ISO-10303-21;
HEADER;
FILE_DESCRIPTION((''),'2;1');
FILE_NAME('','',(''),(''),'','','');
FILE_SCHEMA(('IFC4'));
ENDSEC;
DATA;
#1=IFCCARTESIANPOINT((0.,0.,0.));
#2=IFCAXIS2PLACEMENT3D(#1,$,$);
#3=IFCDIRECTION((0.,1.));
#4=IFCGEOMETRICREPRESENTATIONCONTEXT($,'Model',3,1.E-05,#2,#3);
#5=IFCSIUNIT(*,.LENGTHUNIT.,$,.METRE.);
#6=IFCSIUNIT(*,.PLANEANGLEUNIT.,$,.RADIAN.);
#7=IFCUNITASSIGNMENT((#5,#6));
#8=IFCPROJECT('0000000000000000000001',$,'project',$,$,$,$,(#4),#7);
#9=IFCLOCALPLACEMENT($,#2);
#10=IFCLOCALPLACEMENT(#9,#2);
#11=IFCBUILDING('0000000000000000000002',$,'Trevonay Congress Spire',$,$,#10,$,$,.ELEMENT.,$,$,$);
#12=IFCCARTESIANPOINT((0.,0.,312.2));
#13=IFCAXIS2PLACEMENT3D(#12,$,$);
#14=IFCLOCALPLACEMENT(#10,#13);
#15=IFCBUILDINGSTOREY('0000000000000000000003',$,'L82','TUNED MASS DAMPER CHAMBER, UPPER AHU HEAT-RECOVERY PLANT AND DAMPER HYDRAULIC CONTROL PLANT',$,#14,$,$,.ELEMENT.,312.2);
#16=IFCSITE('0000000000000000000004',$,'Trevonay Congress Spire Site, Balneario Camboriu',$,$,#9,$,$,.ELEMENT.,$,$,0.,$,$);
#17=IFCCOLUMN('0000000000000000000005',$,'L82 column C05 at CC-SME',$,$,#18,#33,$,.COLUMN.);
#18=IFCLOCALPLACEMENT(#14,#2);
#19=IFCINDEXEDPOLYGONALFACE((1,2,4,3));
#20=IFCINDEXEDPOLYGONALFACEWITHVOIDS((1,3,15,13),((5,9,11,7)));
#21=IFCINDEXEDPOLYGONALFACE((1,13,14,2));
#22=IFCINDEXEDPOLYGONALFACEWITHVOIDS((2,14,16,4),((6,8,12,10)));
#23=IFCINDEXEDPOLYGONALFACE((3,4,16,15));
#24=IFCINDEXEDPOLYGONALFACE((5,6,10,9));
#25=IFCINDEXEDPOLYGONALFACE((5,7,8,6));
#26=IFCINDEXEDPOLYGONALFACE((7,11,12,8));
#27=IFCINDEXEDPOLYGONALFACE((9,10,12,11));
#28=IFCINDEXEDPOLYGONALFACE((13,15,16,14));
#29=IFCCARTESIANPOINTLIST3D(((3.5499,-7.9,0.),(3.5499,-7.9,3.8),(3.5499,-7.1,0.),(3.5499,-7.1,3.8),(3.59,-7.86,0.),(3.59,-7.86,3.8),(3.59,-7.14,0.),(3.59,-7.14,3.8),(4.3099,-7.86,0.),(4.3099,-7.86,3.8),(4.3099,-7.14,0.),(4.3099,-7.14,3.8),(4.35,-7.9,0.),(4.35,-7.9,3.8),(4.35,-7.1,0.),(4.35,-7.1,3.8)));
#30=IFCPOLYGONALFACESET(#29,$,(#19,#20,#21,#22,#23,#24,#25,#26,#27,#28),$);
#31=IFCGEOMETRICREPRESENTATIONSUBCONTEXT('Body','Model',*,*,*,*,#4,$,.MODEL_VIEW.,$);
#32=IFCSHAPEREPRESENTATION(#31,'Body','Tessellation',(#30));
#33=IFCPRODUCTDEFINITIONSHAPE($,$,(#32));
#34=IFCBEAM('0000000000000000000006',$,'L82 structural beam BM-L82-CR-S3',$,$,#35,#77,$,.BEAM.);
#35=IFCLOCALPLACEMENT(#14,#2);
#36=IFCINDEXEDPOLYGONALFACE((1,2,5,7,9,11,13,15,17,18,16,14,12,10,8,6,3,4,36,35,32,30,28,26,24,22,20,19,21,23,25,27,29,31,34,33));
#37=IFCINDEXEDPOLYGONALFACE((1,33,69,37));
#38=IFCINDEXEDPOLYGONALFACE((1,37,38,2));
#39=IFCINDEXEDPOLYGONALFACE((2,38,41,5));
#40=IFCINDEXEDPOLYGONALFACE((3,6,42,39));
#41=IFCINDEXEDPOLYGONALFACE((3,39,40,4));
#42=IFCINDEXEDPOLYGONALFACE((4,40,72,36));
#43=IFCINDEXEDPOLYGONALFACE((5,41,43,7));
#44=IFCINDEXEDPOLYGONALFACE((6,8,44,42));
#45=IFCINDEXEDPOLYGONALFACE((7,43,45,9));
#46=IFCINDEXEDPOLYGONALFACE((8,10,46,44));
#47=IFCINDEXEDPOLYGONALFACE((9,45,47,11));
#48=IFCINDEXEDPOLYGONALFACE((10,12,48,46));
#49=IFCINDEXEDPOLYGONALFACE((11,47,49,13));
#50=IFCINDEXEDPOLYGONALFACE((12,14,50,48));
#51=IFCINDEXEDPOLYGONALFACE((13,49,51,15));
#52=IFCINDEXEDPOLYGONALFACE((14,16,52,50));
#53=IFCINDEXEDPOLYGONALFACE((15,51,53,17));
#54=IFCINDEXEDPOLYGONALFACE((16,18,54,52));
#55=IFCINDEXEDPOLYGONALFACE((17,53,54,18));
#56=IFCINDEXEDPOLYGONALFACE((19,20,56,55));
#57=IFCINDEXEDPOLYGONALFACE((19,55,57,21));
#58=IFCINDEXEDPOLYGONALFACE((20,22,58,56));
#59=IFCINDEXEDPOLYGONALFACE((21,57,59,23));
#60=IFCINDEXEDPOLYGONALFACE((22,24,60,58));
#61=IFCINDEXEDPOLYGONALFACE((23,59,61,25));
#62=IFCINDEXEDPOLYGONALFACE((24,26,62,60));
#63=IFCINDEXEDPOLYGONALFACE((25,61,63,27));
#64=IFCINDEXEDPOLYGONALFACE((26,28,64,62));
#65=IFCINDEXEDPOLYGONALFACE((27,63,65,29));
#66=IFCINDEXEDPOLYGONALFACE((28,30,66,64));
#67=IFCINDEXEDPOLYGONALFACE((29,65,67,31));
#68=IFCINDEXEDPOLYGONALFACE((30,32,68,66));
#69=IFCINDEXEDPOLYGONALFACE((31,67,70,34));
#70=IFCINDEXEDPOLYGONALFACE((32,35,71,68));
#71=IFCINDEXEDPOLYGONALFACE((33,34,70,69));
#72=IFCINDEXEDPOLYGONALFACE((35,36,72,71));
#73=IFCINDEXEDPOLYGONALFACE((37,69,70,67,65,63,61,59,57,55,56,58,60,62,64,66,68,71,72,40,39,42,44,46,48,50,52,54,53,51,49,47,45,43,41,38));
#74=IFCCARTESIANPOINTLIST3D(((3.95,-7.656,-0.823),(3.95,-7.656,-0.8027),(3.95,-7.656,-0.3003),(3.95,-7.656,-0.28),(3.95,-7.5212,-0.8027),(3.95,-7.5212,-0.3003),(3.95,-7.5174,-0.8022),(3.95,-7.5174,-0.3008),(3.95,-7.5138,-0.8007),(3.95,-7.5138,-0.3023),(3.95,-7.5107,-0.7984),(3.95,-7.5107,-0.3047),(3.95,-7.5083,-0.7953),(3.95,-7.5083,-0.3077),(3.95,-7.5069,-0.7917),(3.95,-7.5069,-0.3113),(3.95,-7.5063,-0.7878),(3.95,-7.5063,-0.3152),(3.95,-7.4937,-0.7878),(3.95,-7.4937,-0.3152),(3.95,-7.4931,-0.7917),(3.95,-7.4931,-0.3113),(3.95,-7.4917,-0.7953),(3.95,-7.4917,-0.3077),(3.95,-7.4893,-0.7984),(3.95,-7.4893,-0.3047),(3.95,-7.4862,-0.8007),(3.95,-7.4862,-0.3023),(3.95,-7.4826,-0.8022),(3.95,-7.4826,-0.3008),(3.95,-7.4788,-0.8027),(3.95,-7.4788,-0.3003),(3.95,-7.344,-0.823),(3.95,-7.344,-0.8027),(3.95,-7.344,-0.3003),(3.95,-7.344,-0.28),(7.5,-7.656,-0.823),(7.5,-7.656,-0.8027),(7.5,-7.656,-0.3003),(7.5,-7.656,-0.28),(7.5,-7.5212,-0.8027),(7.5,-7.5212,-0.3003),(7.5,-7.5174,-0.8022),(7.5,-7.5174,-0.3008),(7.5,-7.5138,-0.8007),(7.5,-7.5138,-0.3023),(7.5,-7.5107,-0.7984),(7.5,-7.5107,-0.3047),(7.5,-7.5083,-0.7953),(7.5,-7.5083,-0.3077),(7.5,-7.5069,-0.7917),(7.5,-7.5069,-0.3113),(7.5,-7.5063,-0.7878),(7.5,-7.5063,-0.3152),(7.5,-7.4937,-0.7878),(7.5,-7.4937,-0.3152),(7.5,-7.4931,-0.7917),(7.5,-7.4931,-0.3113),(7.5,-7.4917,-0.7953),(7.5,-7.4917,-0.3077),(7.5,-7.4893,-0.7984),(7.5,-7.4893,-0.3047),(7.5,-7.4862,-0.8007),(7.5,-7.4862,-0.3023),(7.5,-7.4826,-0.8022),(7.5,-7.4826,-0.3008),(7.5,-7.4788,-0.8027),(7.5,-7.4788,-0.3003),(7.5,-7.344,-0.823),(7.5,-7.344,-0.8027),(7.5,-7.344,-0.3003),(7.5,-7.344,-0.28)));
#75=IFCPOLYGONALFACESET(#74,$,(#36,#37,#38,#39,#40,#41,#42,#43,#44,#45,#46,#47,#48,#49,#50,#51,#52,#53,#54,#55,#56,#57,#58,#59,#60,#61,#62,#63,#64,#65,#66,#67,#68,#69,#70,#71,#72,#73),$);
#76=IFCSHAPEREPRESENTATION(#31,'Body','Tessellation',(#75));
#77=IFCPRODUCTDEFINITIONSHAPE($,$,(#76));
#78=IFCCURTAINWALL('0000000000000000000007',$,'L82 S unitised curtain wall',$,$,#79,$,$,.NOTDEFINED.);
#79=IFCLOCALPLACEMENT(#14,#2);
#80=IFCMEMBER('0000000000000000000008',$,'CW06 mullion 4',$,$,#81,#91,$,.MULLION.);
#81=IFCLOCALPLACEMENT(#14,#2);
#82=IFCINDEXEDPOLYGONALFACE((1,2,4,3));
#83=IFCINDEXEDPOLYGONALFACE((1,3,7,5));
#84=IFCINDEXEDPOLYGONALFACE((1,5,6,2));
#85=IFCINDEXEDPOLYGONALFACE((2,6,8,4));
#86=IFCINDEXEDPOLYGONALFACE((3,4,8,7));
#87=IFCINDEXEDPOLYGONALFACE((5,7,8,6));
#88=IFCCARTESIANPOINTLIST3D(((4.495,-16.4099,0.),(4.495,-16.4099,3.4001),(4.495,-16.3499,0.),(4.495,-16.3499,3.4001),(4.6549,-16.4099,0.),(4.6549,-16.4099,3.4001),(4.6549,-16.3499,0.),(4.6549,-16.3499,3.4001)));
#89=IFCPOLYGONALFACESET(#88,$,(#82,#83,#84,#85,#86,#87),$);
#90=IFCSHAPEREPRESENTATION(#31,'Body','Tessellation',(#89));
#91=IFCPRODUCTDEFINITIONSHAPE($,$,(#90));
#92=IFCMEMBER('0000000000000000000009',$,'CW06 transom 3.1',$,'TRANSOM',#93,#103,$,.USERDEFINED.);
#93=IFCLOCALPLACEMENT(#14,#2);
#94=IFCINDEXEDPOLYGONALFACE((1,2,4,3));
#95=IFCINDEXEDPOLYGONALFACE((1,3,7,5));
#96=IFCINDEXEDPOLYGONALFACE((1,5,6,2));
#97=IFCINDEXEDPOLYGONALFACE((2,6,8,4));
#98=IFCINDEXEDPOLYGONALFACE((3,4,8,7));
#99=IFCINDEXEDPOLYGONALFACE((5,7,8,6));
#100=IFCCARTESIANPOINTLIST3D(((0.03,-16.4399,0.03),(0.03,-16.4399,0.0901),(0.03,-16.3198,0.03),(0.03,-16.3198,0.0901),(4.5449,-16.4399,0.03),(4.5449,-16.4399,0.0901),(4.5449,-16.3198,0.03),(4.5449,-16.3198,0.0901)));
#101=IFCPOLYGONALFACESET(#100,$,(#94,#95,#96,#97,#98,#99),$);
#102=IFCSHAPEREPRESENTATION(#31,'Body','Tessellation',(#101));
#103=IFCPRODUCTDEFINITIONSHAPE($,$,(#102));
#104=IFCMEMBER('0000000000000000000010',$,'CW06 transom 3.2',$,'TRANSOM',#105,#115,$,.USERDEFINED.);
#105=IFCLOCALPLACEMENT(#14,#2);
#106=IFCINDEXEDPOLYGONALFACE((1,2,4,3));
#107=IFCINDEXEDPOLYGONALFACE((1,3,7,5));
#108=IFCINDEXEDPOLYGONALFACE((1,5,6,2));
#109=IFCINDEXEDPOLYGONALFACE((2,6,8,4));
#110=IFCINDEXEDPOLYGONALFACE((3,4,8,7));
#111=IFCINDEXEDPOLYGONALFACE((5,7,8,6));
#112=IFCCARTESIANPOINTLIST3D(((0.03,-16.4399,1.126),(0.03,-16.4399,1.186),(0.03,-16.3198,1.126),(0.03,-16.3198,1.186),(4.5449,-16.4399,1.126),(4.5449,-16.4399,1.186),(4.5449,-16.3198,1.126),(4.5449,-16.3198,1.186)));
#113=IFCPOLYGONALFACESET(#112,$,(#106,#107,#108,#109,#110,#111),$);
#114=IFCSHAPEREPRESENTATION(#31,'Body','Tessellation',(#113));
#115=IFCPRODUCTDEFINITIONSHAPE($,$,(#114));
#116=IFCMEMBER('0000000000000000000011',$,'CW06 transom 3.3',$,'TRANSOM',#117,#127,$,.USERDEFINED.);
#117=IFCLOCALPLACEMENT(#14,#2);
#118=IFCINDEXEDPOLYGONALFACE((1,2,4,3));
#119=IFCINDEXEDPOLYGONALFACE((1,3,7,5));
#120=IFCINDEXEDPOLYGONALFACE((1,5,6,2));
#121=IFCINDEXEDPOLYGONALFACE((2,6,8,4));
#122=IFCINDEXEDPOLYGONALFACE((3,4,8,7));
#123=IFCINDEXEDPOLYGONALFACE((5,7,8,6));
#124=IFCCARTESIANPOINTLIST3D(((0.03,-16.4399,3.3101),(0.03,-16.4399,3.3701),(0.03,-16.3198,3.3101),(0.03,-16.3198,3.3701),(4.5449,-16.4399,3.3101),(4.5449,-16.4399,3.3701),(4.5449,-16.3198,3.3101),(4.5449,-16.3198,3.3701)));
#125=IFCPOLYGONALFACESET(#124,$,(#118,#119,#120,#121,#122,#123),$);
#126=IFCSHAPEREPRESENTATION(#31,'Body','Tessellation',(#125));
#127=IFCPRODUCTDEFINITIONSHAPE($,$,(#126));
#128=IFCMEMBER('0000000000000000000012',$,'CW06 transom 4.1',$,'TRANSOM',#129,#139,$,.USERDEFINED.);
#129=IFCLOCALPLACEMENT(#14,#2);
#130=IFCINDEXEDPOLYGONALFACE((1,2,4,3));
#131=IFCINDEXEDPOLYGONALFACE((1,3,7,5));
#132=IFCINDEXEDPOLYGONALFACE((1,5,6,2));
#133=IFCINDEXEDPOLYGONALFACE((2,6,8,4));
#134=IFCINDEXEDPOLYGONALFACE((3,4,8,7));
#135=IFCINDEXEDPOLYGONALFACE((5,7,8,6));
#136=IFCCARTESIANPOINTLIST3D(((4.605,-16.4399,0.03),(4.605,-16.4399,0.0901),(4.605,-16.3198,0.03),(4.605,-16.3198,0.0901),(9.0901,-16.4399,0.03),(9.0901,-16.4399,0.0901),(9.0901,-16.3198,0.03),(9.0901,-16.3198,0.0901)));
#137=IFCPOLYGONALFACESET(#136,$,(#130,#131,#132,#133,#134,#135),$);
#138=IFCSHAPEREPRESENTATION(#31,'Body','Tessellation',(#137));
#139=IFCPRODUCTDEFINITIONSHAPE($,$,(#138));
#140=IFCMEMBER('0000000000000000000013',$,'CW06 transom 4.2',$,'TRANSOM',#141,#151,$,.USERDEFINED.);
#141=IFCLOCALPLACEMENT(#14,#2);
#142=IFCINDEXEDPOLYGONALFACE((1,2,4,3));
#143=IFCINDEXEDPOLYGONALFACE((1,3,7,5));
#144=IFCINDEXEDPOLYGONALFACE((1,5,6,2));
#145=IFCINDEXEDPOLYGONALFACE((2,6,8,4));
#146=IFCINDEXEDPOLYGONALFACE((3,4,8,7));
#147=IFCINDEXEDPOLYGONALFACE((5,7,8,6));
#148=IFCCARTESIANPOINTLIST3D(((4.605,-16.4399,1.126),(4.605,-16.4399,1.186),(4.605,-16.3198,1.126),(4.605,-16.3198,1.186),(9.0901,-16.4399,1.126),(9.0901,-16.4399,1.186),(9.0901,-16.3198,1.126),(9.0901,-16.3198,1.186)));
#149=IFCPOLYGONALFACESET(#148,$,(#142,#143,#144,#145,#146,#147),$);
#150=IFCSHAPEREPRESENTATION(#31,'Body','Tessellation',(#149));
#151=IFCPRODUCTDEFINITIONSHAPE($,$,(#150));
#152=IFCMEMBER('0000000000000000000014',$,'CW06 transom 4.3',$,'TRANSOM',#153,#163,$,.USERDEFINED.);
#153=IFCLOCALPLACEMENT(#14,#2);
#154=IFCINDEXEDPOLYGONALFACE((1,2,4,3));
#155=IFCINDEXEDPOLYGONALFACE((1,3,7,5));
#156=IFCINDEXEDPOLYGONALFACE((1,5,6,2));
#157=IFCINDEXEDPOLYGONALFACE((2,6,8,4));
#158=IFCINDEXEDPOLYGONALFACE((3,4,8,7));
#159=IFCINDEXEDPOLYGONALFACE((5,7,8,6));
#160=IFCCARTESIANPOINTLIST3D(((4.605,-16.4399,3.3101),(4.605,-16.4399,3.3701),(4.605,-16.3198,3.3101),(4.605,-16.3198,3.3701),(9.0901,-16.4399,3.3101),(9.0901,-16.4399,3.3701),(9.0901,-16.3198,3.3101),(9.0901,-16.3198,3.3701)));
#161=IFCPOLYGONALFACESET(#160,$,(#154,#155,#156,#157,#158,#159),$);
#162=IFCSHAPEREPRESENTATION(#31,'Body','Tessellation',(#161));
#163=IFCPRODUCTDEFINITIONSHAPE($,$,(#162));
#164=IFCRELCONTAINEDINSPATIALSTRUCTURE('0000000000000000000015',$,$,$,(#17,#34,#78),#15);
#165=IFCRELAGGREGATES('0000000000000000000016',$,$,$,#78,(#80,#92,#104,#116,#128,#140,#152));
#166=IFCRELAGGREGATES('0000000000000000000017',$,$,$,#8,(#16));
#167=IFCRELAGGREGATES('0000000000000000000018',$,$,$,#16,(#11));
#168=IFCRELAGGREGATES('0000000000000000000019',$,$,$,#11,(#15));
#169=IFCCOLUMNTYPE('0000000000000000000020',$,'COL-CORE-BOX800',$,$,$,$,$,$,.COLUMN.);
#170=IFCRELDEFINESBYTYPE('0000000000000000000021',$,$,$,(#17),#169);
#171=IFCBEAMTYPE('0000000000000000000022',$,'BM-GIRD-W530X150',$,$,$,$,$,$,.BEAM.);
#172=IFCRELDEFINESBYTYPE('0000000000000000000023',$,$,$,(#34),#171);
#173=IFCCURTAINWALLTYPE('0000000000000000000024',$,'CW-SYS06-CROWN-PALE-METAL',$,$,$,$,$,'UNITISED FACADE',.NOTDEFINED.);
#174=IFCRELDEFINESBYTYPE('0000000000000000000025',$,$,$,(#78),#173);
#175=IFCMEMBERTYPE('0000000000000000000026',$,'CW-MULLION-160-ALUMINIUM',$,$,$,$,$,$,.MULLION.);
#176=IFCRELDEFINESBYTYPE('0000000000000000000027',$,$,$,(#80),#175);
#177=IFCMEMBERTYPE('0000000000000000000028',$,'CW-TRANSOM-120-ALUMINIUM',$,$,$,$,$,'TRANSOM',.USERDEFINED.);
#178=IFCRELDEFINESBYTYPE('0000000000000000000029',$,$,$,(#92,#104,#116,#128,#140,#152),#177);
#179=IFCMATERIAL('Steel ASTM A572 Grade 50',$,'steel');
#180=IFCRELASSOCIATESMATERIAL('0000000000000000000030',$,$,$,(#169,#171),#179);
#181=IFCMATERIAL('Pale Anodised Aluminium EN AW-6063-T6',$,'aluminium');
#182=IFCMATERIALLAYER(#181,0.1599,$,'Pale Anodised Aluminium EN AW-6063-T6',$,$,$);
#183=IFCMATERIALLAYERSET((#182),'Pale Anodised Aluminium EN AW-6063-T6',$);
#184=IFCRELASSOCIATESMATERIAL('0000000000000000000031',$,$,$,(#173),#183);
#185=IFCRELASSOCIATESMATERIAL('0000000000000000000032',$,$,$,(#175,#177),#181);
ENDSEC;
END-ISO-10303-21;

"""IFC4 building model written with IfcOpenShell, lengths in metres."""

from ifc_helpers import new_model, si_unit, direction, frame, origin, origin_2d, place, context, subcontext, project, spatial, rectangle, hollow_rectangle, i_section, extrude, material, layer, layer_set, material_profile, profile_set, type_object, element, aggregate, save


model = new_model("IFC4")

# Units and contexts
model_context = context("Model", 3, precision=1e-05, world=origin(), true_north=direction((0.0, 1.0)))
body_context = subcontext(model_context, "Body", "Model", "MODEL_VIEW")
ifc_project = project(units=[si_unit("LENGTHUNIT", "METRE"), si_unit("PLANEANGLEUNIT", "RADIAN")], contexts=[model_context])

# Site, building, storey
site_placement = place(None, origin())
site = spatial("IfcSite", under=ifc_project, at=site_placement, Name="Trevonay Congress Spire Site, Balneario Camboriu", CompositionType="ELEMENT", RefElevation=0.0)
building_placement = place(site_placement, origin())
building = spatial("IfcBuilding", under=site, at=building_placement, Name="Trevonay Congress Spire", CompositionType="ELEMENT")
storey_placement = place(building_placement, frame((0.0, 0.0, 312.2)))
storey = spatial("IfcBuildingStorey", under=building, at=storey_placement, Name="L82", Description="TUNED MASS DAMPER CHAMBER, UPPER AHU HEAT-RECOVERY PLANT AND DAMPER HYDRAULIC CONTROL PLANT", CompositionType="ELEMENT", Elevation=312.2)

# Column
ifc_material_1 = material(Name="Steel ASTM A572 Grade 50", Category="steel")
ifc_material_profile_1 = material_profile(ifc_material_1, hollow_rectangle(XDim=0.8, YDim=0.8, WallThickness=0.04, at=origin_2d()), Name="BOX 800x800x40")
ifc_profile_set_1 = profile_set([ifc_material_profile_1], Name="Steel ASTM A572 Grade 50")
column_type = type_object("IfcColumnType", Name="COL-CORE-BOX800", PredefinedType="COLUMN", material=ifc_profile_set_1)
column_placement = place(storey_placement, frame((3.95, -7.5, 0.0), z_axis=(0.0, 0.0, 1.0), x_axis=(1.0, 0.0, 0.0)))
element("IfcColumn", 1, at=column_placement, inside=storey, type_object=column_type, Name="L82 column C05 at CC-SME", PredefinedType="COLUMN", context=body_context, shape_type="SweptSolid", body=[
    extrude(hollow_rectangle(XDim=0.8, YDim=0.8, WallThickness=0.04, at=origin_2d()), origin(), (0.0, 0.0, 1.0), 3.8),
])

# Beam
ifc_material_profile_2 = material_profile(ifc_material_1, i_section(OverallWidth=0.312, OverallDepth=0.543, WebThickness=0.0127, FlangeThickness=0.0203, FilletRadius=0.0149, at=origin_2d()), Name="W530x150")
ifc_profile_set_2 = profile_set([ifc_material_profile_2], Name="Steel ASTM A572 Grade 50")
beam_type_1 = type_object("IfcBeamType", Name="BM-GIRD-W530X150", PredefinedType="BEAM", material=ifc_profile_set_2)
beam_1_placement = place(storey_placement, frame((3.95, -7.5, -0.5515), z_axis=(1.0, 0.0, 0.0), x_axis=(0.0, 1.0, 0.0)))
element("IfcBeam", 2, at=beam_1_placement, inside=storey, type_object=beam_type_1, Name="L82 structural beam BM-L82-CR-S3", PredefinedType="BEAM", context=body_context, shape_type="SweptSolid", body=[
    extrude(i_section(OverallWidth=0.312, OverallDepth=0.543, WebThickness=0.0127, FlangeThickness=0.0203, FilletRadius=0.0149, at=origin_2d()), origin(), (0.0, 0.0, 1.0), 3.55),
])

# Curtain wall, members
ifc_material_2 = material(Name="Pale Anodised Aluminium EN AW-6063-T6", Category="aluminium")
ifc_layer_1 = layer(ifc_material_2, 0.1599, Name="Pale Anodised Aluminium EN AW-6063-T6")
ifc_layer_set_1 = layer_set([ifc_layer_1], Name="Pale Anodised Aluminium EN AW-6063-T6")
curtain_wall_type = type_object("IfcCurtainWallType", Name="CW-SYS06-CROWN-PALE-METAL", ElementType="UNITISED FACADE", PredefinedType="NOTDEFINED", material=ifc_layer_set_1)
curtain_wall_placement = place(storey_placement, origin())
curtain_wall = element("IfcCurtainWall", 3, at=curtain_wall_placement, inside=storey, type_object=curtain_wall_type, Name="L82 S unitised curtain wall", PredefinedType="NOTDEFINED")
ifc_material_profile_3 = material_profile(ifc_material_2, rectangle(XDim=0.0601, YDim=0.1599, at=origin_2d()), Name="CW-MULLION-160-ALUMINIUM")
ifc_profile_set_3 = profile_set([ifc_material_profile_3], Name="Pale Anodised Aluminium EN AW-6063-T6")
member_type_1 = type_object("IfcMemberType", Name="CW-MULLION-160-ALUMINIUM", PredefinedType="MULLION", material=ifc_profile_set_3)
member_1_placement = place(storey_placement, frame((4.575, -16.3799, 0.0), z_axis=(0.0, 0.0, 1.0), x_axis=(0.0, 1.0, 0.0)))
member_1 = element("IfcMember", 4, at=member_1_placement, type_object=member_type_1, Name="CW06 mullion 4", PredefinedType="MULLION", context=body_context, shape_type="SweptSolid", body=[
    extrude(rectangle(XDim=0.0601, YDim=0.1599, at=origin_2d()), origin(), (0.0, 0.0, 1.0), 3.4001),
])
ifc_material_profile_4 = material_profile(ifc_material_2, rectangle(XDim=0.1201, YDim=0.0601, at=origin_2d()), Name="CW-TRANSOM-120-ALUMINIUM")
ifc_profile_set_4 = profile_set([ifc_material_profile_4], Name="Pale Anodised Aluminium EN AW-6063-T6")
member_type_2 = type_object("IfcMemberType", Name="CW-TRANSOM-120-ALUMINIUM", ElementType="TRANSOM", PredefinedType="USERDEFINED", material=ifc_profile_set_4)
member_2_placement = place(storey_placement, frame((0.03, -16.3799, 0.0601), z_axis=(1.0, 0.0, 0.0), x_axis=(0.0, 1.0, 0.0)))
member_2 = element("IfcMember", 5, at=member_2_placement, type_object=member_type_2, Name="CW06 transom 3.1", ObjectType="TRANSOM", PredefinedType="USERDEFINED", context=body_context, shape_type="SweptSolid", body=[
    extrude(rectangle(XDim=0.1201, YDim=0.0601, at=origin_2d()), origin(), (0.0, 0.0, 1.0), 4.5149),
])
member_3_placement = place(storey_placement, frame((0.03, -16.3799, 1.156), z_axis=(1.0, 0.0, 0.0), x_axis=(0.0, 1.0, 0.0)))
member_3 = element("IfcMember", 6, at=member_3_placement, type_object=member_type_2, Name="CW06 transom 3.2", ObjectType="TRANSOM", PredefinedType="USERDEFINED", context=body_context, shape_type="SweptSolid", body=[
    extrude(rectangle(XDim=0.1201, YDim=0.0601, at=origin_2d()), origin(), (0.0, 0.0, 1.0), 4.5149),
])
member_4_placement = place(storey_placement, frame((0.03, -16.3799, 3.3401), z_axis=(1.0, 0.0, 0.0), x_axis=(0.0, 1.0, 0.0)))
member_4 = element("IfcMember", 7, at=member_4_placement, type_object=member_type_2, Name="CW06 transom 3.3", ObjectType="TRANSOM", PredefinedType="USERDEFINED", context=body_context, shape_type="SweptSolid", body=[
    extrude(rectangle(XDim=0.1201, YDim=0.0601, at=origin_2d()), origin(), (0.0, 0.0, 1.0), 4.5149),
])
member_5_placement = place(storey_placement, frame((4.605, -16.3799, 0.0601), z_axis=(1.0, 0.0, 0.0), x_axis=(0.0, 1.0, 0.0)))
member_5 = element("IfcMember", 8, at=member_5_placement, type_object=member_type_2, Name="CW06 transom 4.1", ObjectType="TRANSOM", PredefinedType="USERDEFINED", context=body_context, shape_type="SweptSolid", body=[
    extrude(rectangle(XDim=0.1201, YDim=0.0601, at=origin_2d()), origin(), (0.0, 0.0, 1.0), 4.4851),
])
member_6_placement = place(storey_placement, frame((4.605, -16.3799, 1.156), z_axis=(1.0, 0.0, 0.0), x_axis=(0.0, 1.0, 0.0)))
member_6 = element("IfcMember", 9, at=member_6_placement, type_object=member_type_2, Name="CW06 transom 4.2", ObjectType="TRANSOM", PredefinedType="USERDEFINED", context=body_context, shape_type="SweptSolid", body=[
    extrude(rectangle(XDim=0.1201, YDim=0.0601, at=origin_2d()), origin(), (0.0, 0.0, 1.0), 4.4851),
])
member_7_placement = place(storey_placement, frame((4.605, -16.3799, 3.3401), z_axis=(1.0, 0.0, 0.0), x_axis=(0.0, 1.0, 0.0)))
member_7 = element("IfcMember", 10, at=member_7_placement, type_object=member_type_2, Name="CW06 transom 4.3", ObjectType="TRANSOM", PredefinedType="USERDEFINED", context=body_context, shape_type="SweptSolid", body=[
    extrude(rectangle(XDim=0.1201, YDim=0.0601, at=origin_2d()), origin(), (0.0, 0.0, 1.0), 4.4851),
])

aggregate(curtain_wall, [member_1, member_2, member_3, member_4, member_5, member_6, member_7])

save(model, "model.ifc")
